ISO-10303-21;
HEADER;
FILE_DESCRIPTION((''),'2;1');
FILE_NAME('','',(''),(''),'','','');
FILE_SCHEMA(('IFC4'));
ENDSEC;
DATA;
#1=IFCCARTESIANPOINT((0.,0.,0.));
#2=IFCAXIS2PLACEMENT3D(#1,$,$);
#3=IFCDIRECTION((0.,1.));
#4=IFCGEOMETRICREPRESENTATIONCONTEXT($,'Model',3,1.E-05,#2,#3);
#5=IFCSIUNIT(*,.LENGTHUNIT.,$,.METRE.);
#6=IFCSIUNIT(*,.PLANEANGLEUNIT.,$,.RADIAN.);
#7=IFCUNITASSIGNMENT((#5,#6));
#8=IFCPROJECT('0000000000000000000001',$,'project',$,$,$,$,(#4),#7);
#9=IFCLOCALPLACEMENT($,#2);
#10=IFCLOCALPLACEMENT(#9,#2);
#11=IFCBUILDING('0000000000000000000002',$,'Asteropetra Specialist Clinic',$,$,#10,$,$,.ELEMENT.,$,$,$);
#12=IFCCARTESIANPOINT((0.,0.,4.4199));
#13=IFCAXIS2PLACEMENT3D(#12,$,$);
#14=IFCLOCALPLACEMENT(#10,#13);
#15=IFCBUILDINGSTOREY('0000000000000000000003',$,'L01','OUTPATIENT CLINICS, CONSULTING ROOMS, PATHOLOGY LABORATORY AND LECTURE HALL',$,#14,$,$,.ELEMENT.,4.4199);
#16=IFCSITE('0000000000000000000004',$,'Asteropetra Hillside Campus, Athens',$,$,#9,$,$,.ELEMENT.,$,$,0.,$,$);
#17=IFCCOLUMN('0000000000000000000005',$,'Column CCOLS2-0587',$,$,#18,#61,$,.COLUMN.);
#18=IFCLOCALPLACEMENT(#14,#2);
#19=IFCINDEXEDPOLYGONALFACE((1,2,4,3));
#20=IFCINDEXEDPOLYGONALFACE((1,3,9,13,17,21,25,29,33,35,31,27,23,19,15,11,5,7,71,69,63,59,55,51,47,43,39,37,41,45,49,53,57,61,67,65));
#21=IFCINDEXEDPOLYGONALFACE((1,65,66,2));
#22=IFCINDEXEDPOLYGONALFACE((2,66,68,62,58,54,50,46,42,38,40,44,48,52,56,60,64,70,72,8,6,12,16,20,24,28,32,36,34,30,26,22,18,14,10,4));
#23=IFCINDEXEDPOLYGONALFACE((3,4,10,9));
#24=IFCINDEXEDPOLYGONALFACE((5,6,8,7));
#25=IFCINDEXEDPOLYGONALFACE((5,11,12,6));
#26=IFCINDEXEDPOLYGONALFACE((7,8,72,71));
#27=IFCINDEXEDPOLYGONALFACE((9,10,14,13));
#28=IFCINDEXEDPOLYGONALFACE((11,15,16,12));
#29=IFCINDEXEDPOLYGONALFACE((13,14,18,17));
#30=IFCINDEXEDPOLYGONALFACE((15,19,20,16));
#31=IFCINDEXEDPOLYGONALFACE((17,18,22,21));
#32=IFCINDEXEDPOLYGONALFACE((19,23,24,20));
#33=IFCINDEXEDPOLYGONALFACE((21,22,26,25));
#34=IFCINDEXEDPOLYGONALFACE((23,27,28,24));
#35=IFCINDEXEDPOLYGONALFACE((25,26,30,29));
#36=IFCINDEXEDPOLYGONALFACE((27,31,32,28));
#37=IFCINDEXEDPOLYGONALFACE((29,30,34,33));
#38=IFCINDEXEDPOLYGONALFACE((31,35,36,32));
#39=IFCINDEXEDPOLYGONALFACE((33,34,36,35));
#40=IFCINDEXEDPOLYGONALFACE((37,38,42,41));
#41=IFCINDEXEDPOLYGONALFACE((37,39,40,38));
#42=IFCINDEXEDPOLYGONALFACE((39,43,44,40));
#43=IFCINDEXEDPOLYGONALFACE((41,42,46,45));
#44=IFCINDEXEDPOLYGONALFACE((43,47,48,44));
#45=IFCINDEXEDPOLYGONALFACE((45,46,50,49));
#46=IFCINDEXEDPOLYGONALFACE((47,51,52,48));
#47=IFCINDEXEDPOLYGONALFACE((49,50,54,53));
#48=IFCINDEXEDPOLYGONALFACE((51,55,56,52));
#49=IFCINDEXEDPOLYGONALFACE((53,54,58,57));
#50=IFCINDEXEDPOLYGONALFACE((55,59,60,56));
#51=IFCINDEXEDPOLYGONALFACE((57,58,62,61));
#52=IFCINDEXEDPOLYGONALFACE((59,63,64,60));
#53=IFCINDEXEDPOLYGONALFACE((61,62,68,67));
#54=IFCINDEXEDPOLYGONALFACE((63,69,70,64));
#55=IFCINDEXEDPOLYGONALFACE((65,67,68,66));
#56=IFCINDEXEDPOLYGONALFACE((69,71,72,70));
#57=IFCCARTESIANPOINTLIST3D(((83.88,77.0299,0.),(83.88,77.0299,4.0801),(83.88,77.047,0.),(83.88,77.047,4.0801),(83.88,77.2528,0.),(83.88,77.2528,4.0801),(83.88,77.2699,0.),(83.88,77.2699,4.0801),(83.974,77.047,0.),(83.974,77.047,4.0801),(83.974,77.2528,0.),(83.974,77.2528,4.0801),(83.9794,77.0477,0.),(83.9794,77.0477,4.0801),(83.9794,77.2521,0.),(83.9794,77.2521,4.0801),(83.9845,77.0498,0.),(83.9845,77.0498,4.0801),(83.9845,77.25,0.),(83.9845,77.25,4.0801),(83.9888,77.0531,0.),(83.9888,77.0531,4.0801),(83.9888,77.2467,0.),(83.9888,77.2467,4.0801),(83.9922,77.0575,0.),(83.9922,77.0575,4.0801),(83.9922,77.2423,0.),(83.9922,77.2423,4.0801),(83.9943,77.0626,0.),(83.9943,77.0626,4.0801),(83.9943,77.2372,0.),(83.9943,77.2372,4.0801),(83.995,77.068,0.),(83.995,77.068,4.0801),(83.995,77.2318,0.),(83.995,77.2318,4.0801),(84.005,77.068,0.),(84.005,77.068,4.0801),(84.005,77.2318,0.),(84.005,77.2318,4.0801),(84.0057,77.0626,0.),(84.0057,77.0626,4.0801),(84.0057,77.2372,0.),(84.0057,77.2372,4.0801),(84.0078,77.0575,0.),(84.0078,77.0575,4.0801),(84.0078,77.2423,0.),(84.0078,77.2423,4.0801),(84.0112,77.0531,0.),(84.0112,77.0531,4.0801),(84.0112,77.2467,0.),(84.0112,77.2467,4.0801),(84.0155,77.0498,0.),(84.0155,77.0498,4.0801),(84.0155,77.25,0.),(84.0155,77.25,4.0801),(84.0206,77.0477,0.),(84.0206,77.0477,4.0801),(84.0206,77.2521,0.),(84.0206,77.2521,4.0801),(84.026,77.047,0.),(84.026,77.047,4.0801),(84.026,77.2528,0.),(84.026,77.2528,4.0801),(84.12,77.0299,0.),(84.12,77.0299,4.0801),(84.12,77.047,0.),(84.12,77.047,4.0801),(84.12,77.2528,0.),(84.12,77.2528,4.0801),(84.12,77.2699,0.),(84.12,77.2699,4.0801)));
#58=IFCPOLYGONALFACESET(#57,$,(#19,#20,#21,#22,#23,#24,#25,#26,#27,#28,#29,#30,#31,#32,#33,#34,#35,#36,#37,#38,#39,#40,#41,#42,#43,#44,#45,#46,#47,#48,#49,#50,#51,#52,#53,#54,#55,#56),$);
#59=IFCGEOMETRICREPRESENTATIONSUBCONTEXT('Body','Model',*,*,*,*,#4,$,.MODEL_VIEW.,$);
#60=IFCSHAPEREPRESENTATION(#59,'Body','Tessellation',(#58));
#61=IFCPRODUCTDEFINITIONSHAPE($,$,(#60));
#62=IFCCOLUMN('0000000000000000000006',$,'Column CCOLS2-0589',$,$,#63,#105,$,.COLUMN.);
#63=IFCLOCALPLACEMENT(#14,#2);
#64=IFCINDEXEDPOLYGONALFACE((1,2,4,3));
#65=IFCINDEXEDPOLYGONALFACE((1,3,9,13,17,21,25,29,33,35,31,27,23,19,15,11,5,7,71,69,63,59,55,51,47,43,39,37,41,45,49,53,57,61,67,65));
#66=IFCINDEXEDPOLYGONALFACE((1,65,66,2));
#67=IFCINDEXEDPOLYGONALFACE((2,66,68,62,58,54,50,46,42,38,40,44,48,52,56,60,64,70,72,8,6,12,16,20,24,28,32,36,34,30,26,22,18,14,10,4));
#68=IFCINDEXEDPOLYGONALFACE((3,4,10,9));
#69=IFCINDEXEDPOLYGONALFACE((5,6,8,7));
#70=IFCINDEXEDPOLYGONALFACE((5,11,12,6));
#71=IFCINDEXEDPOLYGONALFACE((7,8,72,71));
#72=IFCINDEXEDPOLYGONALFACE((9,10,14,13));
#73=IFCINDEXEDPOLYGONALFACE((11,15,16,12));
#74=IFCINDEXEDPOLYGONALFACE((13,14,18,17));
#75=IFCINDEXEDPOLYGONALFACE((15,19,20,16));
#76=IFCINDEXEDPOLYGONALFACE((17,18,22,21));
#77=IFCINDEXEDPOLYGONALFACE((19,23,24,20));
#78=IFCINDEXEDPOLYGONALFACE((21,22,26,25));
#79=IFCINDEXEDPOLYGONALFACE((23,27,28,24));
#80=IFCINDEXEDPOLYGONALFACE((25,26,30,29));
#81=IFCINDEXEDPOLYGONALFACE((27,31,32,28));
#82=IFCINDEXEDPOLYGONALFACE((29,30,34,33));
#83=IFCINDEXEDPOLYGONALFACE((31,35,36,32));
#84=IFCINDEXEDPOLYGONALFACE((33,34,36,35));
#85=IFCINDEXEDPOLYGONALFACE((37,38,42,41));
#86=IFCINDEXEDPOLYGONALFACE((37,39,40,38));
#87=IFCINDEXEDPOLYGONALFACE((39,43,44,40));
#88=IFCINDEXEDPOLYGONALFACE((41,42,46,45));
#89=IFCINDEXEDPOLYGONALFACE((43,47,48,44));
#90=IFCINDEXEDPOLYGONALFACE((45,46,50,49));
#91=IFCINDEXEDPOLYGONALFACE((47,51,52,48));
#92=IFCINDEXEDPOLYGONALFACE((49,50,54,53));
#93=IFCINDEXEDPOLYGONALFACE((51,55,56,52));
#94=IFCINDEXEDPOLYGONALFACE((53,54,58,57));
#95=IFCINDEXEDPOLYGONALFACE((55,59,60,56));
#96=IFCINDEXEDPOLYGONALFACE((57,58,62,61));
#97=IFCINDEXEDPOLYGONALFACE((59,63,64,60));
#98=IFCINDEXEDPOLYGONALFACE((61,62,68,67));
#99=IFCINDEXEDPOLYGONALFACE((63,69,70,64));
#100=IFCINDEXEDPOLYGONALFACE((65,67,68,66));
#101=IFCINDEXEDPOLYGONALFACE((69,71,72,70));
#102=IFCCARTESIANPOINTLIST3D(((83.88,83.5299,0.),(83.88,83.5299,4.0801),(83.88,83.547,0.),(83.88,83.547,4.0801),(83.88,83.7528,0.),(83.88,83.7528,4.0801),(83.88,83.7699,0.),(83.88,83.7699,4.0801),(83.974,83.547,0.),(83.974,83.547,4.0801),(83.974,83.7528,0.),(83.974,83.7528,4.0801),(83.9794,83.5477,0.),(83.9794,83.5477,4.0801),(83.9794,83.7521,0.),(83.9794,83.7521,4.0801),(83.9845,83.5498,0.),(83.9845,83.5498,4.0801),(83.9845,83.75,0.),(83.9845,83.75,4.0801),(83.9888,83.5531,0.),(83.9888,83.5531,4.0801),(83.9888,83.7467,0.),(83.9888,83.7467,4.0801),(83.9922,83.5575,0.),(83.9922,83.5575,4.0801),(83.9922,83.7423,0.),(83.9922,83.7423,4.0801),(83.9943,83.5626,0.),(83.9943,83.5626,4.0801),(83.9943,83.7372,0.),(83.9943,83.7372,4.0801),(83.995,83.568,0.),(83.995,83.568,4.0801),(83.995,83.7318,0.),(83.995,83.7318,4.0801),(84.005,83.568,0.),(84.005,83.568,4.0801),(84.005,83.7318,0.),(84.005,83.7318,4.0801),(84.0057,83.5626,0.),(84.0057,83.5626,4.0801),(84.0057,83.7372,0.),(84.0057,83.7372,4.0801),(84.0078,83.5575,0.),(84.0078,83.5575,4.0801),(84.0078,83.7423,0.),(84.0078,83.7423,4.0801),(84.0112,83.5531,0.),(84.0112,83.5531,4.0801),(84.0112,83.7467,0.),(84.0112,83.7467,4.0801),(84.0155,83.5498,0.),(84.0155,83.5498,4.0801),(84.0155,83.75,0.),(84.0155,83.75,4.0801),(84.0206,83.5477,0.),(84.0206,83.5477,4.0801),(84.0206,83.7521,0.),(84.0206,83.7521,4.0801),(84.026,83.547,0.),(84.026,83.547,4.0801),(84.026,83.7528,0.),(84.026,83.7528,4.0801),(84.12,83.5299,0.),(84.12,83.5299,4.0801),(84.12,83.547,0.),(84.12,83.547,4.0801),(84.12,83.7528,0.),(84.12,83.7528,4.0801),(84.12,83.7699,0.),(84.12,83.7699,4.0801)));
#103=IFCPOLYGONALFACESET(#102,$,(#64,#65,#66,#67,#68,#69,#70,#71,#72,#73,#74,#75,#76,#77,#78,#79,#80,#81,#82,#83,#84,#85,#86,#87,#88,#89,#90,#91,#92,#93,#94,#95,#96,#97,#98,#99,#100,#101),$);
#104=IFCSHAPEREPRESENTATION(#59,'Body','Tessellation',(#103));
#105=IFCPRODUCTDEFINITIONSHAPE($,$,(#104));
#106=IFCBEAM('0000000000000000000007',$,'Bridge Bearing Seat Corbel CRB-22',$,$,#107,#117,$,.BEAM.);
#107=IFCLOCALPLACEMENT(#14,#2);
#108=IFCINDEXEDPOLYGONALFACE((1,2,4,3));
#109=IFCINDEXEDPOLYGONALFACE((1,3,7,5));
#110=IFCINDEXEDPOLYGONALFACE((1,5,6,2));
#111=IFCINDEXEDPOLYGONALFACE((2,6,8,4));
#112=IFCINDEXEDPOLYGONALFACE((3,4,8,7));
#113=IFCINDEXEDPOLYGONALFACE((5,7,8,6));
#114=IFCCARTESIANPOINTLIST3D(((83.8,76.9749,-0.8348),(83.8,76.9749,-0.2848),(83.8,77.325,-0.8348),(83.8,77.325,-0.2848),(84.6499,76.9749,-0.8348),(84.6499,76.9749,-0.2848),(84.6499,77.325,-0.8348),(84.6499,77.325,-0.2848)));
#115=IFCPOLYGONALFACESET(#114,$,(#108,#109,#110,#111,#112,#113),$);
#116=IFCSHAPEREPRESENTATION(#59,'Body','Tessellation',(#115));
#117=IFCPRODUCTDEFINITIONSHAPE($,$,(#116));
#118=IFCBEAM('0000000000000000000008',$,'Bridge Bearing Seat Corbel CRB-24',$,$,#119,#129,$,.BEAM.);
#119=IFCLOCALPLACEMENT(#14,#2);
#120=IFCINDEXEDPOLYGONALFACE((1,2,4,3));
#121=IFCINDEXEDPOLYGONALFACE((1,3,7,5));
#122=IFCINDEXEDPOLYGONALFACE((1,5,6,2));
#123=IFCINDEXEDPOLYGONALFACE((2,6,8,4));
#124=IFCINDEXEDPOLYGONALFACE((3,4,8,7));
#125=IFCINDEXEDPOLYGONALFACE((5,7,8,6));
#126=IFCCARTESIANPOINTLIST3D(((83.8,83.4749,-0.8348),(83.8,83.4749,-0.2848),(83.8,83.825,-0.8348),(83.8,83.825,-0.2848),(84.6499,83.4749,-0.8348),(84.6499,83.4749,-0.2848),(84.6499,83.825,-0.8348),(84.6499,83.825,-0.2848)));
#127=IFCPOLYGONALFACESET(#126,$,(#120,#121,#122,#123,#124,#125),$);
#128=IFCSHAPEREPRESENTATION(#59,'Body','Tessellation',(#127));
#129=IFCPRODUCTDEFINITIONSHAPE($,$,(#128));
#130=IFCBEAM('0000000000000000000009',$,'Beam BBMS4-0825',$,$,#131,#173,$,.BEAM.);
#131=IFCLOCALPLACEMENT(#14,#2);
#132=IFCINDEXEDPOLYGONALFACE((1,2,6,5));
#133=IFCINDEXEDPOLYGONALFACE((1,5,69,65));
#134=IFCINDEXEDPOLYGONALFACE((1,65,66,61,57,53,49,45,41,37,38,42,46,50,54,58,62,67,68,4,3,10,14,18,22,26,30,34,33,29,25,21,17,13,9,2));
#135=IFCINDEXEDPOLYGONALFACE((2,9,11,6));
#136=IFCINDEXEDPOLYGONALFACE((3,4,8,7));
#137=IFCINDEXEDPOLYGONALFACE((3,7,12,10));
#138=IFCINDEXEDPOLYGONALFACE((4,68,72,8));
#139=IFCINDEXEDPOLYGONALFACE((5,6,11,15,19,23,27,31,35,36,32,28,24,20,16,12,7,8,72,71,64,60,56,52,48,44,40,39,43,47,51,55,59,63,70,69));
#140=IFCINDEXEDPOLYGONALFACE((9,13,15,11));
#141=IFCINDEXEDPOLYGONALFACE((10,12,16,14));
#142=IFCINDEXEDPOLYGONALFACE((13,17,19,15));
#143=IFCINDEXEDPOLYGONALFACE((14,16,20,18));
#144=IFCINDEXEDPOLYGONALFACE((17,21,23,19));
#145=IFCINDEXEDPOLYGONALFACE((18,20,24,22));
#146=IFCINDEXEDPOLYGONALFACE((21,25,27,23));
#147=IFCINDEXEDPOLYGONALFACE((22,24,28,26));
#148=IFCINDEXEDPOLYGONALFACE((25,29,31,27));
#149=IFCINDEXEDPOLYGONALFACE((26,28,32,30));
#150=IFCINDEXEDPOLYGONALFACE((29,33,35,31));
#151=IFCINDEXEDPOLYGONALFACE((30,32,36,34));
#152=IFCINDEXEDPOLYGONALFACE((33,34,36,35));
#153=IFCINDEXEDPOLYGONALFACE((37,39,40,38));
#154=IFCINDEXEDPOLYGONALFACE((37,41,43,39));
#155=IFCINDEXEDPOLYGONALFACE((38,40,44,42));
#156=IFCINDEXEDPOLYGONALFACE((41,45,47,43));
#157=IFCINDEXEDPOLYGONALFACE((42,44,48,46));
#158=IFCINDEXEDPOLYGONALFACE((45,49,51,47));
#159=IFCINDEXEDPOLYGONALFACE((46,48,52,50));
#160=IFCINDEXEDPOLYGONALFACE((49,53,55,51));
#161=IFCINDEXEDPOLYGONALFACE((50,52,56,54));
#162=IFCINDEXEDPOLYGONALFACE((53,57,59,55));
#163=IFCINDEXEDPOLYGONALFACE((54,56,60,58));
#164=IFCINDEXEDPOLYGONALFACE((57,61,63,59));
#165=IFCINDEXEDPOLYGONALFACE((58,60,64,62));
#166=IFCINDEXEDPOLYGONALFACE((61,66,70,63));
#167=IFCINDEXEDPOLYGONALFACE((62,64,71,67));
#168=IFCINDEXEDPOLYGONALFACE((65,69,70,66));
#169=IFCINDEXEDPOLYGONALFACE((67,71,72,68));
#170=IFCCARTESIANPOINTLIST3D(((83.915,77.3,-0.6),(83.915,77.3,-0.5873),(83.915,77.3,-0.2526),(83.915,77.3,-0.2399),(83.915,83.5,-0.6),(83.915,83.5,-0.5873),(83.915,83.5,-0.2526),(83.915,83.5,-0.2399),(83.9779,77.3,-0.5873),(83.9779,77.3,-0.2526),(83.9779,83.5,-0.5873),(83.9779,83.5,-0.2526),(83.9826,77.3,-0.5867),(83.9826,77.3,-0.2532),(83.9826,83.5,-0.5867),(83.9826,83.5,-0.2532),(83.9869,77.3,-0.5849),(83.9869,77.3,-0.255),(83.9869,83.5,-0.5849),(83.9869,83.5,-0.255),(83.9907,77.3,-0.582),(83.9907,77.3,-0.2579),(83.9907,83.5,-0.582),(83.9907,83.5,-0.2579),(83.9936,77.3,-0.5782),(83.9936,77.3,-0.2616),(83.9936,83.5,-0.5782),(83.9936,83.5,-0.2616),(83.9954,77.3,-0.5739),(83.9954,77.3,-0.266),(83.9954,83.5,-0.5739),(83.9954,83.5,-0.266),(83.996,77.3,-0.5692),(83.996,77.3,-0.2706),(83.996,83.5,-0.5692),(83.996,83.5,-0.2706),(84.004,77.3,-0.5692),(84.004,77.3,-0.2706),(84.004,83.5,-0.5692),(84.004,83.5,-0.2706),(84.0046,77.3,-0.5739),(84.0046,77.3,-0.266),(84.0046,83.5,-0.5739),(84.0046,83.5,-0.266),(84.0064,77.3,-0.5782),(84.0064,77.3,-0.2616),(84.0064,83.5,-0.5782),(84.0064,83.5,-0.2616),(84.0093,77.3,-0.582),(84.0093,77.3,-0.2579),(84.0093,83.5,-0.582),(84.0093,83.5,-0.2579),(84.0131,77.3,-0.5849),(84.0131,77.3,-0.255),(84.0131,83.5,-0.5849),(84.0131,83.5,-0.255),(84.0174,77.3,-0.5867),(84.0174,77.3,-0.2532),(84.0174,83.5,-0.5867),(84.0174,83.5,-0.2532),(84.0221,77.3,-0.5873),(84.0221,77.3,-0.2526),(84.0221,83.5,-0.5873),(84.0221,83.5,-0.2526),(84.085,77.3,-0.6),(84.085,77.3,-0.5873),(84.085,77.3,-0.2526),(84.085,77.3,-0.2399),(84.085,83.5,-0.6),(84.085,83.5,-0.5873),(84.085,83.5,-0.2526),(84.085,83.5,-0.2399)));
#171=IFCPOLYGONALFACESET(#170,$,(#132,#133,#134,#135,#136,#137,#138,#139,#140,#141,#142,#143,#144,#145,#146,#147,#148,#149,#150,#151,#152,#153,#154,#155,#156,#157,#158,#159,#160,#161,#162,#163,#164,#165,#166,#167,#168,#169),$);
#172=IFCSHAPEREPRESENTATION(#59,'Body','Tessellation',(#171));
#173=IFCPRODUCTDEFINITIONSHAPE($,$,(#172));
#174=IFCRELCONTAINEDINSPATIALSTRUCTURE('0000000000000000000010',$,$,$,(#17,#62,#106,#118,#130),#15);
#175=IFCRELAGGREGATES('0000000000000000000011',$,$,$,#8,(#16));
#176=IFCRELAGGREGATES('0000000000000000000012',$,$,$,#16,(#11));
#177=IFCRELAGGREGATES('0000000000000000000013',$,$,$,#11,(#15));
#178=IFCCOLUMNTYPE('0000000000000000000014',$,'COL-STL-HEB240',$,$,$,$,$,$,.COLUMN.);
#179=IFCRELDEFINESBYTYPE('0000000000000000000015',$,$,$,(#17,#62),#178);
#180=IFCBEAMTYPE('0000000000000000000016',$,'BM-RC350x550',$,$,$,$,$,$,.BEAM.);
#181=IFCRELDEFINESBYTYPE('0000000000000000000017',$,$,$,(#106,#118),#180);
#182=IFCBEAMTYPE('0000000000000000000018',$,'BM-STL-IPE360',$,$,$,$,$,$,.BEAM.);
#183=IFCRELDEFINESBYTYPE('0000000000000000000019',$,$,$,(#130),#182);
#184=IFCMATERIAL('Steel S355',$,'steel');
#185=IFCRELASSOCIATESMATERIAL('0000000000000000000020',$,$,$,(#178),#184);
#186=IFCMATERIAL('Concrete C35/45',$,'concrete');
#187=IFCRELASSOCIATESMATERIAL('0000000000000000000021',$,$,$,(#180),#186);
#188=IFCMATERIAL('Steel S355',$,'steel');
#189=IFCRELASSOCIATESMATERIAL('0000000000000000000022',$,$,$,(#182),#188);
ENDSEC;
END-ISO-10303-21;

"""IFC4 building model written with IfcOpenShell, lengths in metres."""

from ifc_helpers import new_model, si_unit, direction, frame, origin, origin_2d, place, context, subcontext, project, spatial, rectangle, i_section, extrude, material, material_profile, profile_set, type_object, element, save


model = new_model("IFC4")

# Units and contexts
model_context = context("Model", 3, precision=1e-05, world=origin(), true_north=direction((0.0, 1.0)))
body_context = subcontext(model_context, "Body", "Model", "MODEL_VIEW")
ifc_project = project(units=[si_unit("LENGTHUNIT", "METRE"), si_unit("PLANEANGLEUNIT", "RADIAN")], contexts=[model_context])

# Site, building, storey
site_placement = place(None, origin())
site = spatial("IfcSite", under=ifc_project, at=site_placement, Name="Asteropetra Hillside Campus, Athens", CompositionType="ELEMENT", RefElevation=0.0)
building_placement = place(site_placement, origin())
building = spatial("IfcBuilding", under=site, at=building_placement, Name="Asteropetra Specialist Clinic", CompositionType="ELEMENT")
storey_placement = place(building_placement, frame((0.0, 0.0, 4.4199)))
storey = spatial("IfcBuildingStorey", under=building, at=storey_placement, Name="L01", Description="OUTPATIENT CLINICS, CONSULTING ROOMS, PATHOLOGY LABORATORY AND LECTURE HALL", CompositionType="ELEMENT", Elevation=4.4199)

# Columns
ifc_material_1 = material(Name="Steel S355", Category="steel")
ifc_material_profile_1 = material_profile(ifc_material_1, i_section(OverallWidth=0.24, OverallDepth=0.24, WebThickness=0.01, FlangeThickness=0.0171, FilletRadius=0.021, at=origin_2d()), Name="HEB 240")
ifc_profile_set_1 = profile_set([ifc_material_profile_1], Name="Steel S355")
column_type = type_object("IfcColumnType", Name="COL-STL-HEB240", PredefinedType="COLUMN", material=ifc_profile_set_1)
for number, where, z_axis, x_axis, name in (
    (1, (84.0, 77.1499, 0.0), (0.0, 0.0, 1.0), (1.0, 0.0, 0.0), "Column CCOLS2-0587"),
    (2, (84.0, 83.6499, 0.0), (0.0, 0.0, 1.0), (1.0, 0.0, 0.0), "Column CCOLS2-0589"),
):
    element("IfcColumn", number, at=place(storey_placement, frame(where, z_axis=z_axis, x_axis=x_axis)), inside=storey, type_object=column_type, Name=name, PredefinedType="COLUMN", context=body_context, shape_type="SweptSolid", body=[
        extrude(i_section(OverallWidth=0.24, OverallDepth=0.24, WebThickness=0.01, FlangeThickness=0.0171, FilletRadius=0.021, at=origin_2d()), origin(), (0.0, 0.0, 1.0), 4.0801),
    ])

# Beams
ifc_material_2 = material(Name="Concrete C35/45", Category="concrete")
ifc_material_profile_2 = material_profile(ifc_material_2, rectangle(XDim=0.3501, YDim=0.55, at=origin_2d()), Name="RCB 350x550")
ifc_profile_set_2 = profile_set([ifc_material_profile_2], Name="Concrete C35/45")
beam_type_1 = type_object("IfcBeamType", Name="BM-RC350x550", PredefinedType="BEAM", material=ifc_profile_set_2)
for number, where, z_axis, x_axis, name in (
    (3, (83.8, 77.1499, -0.5598), (1.0, 0.0, 0.0), (0.0, 1.0, 0.0), "Bridge Bearing Seat Corbel CRB-22"),
    (4, (83.8, 83.6499, -0.5598), (1.0, 0.0, 0.0), (0.0, 1.0, 0.0), "Bridge Bearing Seat Corbel CRB-24"),
):
    element("IfcBeam", number, at=place(storey_placement, frame(where, z_axis=z_axis, x_axis=x_axis)), inside=storey, type_object=beam_type_1, Name=name, PredefinedType="BEAM", context=body_context, shape_type="SweptSolid", body=[
        extrude(rectangle(XDim=0.3501, YDim=0.55, at=origin_2d()), origin(), (0.0, 0.0, 1.0), 0.8499),
    ])
ifc_material_3 = material(Name="Steel S355", Category="steel")
ifc_material_profile_3 = material_profile(ifc_material_3, i_section(OverallWidth=0.1699, OverallDepth=0.3601, WebThickness=0.0081, FlangeThickness=0.0127, FilletRadius=0.0181, at=origin_2d()), Name="IPE 360")
ifc_profile_set_3 = profile_set([ifc_material_profile_3], Name="Steel S355")
beam_type_2 = type_object("IfcBeamType", Name="BM-STL-IPE360", PredefinedType="BEAM", material=ifc_profile_set_3)
beam_1_placement = place(storey_placement, frame((84.0, 77.3, -0.4199), z_axis=(0.0, 1.0, 0.0), x_axis=(-1.0, 0.0, 0.0)))
element("IfcBeam", 5, at=beam_1_placement, inside=storey, type_object=beam_type_2, Name="Beam BBMS4-0825", PredefinedType="BEAM", context=body_context, shape_type="SweptSolid", body=[
    extrude(i_section(OverallWidth=0.1699, OverallDepth=0.3601, WebThickness=0.0081, FlangeThickness=0.0127, FilletRadius=0.0181, at=origin_2d()), origin(), (0.0, 0.0, 1.0), 6.2),
])

save(model, "model.ifc")
